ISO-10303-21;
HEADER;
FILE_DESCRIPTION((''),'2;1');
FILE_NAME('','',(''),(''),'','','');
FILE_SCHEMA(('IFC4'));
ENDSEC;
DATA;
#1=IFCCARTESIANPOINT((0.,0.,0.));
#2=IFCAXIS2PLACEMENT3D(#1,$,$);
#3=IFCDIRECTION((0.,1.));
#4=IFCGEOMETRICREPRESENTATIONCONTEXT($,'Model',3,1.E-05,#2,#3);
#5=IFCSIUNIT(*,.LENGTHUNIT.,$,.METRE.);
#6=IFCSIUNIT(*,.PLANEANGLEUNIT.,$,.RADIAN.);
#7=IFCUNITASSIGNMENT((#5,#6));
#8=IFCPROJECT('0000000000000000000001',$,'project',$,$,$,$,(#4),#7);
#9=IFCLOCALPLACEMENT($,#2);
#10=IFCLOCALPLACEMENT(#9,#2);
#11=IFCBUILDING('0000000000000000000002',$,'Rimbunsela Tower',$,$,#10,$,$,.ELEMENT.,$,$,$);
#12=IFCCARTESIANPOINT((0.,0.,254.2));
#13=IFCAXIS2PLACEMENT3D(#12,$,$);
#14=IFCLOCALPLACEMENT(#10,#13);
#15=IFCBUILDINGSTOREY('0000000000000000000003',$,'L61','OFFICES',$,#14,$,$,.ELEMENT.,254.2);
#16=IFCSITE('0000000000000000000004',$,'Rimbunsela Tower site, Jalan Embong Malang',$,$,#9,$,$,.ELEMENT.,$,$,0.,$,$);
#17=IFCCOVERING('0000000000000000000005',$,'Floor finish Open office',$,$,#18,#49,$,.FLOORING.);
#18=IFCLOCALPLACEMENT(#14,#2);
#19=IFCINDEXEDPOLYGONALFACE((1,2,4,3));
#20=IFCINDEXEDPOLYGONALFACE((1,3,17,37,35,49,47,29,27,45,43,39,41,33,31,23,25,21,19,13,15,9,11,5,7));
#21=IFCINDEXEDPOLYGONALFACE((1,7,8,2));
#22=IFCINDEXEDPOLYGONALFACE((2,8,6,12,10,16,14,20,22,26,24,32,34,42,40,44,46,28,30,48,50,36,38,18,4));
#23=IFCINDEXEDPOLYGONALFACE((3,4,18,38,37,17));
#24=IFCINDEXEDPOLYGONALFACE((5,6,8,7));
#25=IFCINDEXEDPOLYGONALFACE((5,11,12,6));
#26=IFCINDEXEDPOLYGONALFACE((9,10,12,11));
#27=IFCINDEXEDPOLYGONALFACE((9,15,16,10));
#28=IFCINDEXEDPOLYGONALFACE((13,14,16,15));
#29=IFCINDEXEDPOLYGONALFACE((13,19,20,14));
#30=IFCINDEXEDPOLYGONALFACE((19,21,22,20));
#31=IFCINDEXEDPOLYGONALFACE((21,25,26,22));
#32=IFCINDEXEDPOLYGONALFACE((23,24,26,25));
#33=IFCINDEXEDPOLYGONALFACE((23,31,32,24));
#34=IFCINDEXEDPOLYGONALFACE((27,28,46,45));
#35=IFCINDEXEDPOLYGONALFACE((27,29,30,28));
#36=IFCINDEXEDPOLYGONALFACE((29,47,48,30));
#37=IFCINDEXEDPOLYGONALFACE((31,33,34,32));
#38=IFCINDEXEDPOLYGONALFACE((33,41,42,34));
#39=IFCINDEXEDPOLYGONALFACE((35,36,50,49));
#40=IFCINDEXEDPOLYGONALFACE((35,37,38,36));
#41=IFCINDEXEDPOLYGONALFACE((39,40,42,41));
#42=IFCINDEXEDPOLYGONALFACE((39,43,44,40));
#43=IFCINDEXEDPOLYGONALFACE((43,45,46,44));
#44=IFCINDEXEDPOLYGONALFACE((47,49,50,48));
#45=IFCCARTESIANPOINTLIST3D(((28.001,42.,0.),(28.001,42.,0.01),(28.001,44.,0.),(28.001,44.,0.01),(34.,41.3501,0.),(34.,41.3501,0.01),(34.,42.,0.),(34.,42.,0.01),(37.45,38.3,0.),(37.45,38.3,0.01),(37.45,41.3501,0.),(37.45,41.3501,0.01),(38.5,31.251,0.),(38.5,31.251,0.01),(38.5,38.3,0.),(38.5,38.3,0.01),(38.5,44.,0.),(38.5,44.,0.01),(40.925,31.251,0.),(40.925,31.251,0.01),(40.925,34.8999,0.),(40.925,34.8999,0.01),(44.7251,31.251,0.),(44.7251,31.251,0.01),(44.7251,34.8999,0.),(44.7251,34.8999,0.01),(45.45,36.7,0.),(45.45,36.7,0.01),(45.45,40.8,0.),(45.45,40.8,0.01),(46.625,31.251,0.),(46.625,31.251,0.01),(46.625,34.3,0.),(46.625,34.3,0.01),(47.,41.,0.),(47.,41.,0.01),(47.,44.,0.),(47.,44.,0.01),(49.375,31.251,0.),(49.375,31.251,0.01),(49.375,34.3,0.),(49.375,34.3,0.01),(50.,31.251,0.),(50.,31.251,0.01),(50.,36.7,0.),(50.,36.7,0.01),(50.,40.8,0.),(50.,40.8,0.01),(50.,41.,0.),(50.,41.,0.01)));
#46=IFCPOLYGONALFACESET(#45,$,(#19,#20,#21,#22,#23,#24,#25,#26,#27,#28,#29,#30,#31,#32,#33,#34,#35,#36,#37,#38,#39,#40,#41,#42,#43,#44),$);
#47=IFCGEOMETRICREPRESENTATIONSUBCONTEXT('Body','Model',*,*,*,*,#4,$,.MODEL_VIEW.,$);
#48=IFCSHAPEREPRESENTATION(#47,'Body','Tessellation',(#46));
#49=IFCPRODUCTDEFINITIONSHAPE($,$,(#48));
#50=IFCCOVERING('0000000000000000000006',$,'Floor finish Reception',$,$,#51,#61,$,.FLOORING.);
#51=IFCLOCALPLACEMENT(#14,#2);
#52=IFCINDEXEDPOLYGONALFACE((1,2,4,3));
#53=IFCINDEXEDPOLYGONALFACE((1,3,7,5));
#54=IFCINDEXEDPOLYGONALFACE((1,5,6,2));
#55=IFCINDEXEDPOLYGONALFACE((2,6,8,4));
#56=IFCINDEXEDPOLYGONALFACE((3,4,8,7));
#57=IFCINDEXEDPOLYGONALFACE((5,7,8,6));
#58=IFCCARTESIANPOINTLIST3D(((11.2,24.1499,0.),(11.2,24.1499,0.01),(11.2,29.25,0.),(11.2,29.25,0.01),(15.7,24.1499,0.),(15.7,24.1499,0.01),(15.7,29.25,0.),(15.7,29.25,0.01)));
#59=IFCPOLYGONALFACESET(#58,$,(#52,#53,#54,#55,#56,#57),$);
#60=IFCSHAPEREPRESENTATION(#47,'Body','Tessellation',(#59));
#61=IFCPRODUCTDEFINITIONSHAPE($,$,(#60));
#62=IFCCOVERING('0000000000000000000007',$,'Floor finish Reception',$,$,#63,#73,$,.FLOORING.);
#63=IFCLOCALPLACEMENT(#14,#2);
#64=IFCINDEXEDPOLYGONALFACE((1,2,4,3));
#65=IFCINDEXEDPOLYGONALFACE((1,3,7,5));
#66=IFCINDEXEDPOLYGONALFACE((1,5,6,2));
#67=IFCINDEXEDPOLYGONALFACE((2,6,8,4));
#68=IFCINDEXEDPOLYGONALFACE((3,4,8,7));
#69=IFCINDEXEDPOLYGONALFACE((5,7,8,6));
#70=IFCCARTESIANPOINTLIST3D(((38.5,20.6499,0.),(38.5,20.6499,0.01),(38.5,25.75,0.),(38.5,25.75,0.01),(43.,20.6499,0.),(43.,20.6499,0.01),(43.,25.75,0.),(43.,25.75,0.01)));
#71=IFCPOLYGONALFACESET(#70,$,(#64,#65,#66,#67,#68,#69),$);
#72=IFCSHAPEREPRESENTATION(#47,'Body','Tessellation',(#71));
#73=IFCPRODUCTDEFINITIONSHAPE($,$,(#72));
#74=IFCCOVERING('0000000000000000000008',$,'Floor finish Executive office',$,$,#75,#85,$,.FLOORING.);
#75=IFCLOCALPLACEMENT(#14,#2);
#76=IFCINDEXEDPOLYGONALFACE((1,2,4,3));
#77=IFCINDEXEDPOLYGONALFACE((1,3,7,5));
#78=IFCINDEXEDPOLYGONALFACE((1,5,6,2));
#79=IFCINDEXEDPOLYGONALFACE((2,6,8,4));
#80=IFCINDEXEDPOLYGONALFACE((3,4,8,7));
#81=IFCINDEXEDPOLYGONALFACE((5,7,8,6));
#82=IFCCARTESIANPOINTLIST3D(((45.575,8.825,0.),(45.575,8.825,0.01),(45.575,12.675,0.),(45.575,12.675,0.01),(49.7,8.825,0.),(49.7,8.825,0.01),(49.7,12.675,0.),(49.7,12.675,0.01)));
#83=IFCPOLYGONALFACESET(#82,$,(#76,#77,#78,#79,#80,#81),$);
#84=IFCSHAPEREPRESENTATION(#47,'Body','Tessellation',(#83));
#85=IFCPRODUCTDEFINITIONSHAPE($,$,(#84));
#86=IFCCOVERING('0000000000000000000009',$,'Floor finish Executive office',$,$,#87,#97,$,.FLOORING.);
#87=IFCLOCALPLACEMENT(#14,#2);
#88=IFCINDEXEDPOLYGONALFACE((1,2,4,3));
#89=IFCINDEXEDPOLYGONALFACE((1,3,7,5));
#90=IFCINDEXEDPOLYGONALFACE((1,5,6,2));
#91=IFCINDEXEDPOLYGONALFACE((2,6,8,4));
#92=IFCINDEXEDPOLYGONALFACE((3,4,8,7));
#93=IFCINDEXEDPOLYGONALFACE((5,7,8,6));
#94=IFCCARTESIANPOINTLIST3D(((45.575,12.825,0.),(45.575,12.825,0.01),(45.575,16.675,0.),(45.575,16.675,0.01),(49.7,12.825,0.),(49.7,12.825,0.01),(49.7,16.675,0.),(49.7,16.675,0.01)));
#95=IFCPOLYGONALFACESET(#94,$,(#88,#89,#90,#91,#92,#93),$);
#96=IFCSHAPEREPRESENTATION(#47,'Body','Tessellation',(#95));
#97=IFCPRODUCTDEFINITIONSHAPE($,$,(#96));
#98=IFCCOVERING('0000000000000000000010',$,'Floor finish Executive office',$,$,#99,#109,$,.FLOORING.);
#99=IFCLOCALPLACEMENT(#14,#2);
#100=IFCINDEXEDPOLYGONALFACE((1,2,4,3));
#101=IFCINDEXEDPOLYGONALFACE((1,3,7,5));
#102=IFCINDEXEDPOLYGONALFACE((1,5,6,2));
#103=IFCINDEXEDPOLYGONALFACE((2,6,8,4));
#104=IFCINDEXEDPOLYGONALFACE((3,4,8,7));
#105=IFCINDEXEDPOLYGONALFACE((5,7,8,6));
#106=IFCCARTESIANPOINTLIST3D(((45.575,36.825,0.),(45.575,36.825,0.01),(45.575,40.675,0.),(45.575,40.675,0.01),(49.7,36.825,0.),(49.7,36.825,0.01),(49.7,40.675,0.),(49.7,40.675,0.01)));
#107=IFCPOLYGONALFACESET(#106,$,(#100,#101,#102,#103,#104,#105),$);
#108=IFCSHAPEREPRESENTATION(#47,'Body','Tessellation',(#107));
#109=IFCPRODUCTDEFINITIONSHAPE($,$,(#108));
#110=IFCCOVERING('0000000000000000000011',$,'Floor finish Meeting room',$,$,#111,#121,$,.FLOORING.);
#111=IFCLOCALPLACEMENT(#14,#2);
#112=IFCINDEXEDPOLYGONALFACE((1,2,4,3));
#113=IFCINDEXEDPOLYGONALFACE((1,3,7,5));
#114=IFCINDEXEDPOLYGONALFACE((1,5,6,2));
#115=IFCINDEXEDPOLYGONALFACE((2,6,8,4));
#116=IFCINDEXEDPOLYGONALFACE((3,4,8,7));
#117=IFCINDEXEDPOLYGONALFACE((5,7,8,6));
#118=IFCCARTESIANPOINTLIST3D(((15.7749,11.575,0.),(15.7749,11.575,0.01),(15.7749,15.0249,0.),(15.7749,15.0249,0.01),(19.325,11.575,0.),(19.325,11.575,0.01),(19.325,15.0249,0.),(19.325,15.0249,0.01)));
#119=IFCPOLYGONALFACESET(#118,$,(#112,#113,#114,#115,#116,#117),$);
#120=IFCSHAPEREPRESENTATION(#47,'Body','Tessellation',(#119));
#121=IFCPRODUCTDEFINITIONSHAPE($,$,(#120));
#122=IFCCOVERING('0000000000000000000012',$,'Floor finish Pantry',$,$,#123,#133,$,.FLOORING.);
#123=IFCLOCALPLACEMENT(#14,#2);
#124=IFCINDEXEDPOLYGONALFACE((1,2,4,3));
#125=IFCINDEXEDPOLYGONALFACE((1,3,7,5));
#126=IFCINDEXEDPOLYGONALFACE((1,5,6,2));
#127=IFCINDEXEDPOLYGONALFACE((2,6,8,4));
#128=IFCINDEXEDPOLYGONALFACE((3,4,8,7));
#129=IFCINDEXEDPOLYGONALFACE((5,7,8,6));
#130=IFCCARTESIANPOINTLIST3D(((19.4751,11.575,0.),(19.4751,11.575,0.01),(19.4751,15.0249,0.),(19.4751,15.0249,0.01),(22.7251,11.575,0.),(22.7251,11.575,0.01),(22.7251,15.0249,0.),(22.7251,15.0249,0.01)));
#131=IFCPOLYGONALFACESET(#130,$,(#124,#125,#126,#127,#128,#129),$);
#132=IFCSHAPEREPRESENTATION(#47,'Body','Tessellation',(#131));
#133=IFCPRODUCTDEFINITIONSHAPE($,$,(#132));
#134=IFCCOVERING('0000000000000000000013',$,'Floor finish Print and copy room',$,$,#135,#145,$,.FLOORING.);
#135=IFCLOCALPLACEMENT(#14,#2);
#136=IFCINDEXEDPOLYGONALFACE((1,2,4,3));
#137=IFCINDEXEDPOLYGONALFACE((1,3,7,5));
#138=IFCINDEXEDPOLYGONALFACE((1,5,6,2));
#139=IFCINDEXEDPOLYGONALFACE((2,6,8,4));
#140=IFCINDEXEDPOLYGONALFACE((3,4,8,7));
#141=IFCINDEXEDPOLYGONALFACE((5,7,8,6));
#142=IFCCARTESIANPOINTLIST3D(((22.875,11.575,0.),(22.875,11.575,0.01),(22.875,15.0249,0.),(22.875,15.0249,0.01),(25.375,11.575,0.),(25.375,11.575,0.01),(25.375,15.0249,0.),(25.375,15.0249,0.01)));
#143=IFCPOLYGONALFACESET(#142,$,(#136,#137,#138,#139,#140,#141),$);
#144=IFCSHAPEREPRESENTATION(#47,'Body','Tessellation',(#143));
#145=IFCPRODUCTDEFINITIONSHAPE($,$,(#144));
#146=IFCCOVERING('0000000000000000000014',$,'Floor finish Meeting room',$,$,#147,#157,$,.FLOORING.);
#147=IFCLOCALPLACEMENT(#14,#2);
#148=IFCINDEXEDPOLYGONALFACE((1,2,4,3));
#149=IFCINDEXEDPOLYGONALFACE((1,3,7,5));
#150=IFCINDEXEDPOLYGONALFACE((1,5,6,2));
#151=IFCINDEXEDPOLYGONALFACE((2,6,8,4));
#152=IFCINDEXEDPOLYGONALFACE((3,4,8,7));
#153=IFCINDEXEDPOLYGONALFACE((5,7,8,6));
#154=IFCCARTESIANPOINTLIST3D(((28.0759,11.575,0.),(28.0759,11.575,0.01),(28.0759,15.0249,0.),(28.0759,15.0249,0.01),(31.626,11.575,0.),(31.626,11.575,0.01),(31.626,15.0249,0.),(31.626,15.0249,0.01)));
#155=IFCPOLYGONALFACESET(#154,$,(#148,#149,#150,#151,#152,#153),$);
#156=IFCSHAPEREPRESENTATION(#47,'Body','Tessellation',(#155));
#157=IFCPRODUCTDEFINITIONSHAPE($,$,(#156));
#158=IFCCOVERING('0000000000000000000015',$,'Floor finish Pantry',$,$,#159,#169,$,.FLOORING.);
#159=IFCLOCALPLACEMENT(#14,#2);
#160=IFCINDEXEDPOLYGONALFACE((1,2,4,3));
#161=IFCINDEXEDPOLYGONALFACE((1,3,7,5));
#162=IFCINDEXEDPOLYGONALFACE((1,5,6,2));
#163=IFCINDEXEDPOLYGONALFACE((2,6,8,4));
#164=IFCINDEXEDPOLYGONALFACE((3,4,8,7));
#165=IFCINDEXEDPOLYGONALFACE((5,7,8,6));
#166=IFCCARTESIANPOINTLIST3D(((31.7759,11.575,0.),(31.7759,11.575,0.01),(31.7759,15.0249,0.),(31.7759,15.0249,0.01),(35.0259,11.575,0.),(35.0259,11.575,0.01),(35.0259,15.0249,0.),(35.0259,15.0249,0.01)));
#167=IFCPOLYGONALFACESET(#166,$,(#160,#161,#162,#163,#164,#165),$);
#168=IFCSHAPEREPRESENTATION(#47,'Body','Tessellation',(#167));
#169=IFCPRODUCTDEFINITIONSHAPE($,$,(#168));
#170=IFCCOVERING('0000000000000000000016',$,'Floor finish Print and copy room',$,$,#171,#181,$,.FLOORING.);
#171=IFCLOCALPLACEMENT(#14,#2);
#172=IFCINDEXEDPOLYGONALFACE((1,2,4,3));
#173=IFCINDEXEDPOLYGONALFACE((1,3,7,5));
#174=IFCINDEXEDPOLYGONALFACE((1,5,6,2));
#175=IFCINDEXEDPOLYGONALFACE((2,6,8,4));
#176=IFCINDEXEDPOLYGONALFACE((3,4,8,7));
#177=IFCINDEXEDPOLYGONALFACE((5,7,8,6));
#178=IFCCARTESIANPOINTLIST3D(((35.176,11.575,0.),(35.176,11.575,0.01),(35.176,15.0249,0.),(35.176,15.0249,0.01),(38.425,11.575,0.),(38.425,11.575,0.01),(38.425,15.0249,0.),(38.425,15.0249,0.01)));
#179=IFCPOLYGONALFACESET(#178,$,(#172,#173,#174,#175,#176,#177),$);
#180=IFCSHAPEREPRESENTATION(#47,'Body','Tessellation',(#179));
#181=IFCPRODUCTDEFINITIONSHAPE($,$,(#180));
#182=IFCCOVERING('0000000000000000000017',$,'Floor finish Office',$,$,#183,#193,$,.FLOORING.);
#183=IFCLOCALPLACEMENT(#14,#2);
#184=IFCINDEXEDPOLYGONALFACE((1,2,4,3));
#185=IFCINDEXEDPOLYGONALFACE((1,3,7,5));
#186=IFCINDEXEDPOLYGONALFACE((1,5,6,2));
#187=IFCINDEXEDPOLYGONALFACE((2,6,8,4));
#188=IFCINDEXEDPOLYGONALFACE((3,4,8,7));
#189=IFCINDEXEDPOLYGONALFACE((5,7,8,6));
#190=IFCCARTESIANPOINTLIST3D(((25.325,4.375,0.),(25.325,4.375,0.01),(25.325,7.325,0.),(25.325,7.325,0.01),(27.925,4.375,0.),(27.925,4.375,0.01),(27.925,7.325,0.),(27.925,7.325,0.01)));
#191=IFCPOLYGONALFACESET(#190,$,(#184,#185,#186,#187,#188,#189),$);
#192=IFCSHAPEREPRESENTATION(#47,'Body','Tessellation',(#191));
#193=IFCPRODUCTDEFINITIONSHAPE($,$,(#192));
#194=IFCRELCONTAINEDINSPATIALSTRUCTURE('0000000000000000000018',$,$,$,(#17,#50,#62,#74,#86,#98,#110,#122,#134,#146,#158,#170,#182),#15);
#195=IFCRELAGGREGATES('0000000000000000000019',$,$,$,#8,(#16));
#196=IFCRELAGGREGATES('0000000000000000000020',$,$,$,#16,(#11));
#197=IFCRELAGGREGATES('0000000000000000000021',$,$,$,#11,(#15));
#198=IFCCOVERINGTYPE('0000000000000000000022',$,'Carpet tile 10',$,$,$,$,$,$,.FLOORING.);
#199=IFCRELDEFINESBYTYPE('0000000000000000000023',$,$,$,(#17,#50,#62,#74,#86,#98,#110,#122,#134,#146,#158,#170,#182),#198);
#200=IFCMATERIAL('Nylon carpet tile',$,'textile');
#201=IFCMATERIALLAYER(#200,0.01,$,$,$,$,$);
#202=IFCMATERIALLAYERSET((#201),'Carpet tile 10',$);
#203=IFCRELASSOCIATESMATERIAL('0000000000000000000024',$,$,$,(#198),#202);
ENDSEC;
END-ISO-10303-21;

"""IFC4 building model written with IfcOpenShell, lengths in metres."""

from ifc_helpers import new_model, si_unit, direction, frame, origin, place, context, subcontext, project, spatial, polyline, outline, extrude, material, layer, layer_set, type_object, element, save


model = new_model("IFC4")

# Units and contexts
model_context = context("Model", 3, precision=1e-05, world=origin(), true_north=direction((0.0, 1.0)))
body_context = subcontext(model_context, "Body", "Model", "MODEL_VIEW")
ifc_project = project(units=[si_unit("LENGTHUNIT", "METRE"), si_unit("PLANEANGLEUNIT", "RADIAN")], contexts=[model_context])

# Site, building, storey
site_placement = place(None, origin())
site = spatial("IfcSite", under=ifc_project, at=site_placement, Name="Rimbunsela Tower site, Jalan Embong Malang", CompositionType="ELEMENT", RefElevation=0.0)
building_placement = place(site_placement, origin())
building = spatial("IfcBuilding", under=site, at=building_placement, Name="Rimbunsela Tower", CompositionType="ELEMENT")
storey_placement = place(building_placement, frame((0.0, 0.0, 254.2)))
storey = spatial("IfcBuildingStorey", under=building, at=storey_placement, Name="L61", Description="OFFICES", CompositionType="ELEMENT", Elevation=254.2)

# Coverings
ifc_material_1 = material(Name="Nylon carpet tile", Category="textile")
ifc_layer_1 = layer(ifc_material_1, 0.01)
ifc_layer_set_1 = layer_set([ifc_layer_1], Name="Carpet tile 10")
covering_type_1 = type_object("IfcCoveringType", Name="Carpet tile 10", PredefinedType="FLOORING", material=ifc_layer_set_1)
covering_1_placement = place(storey_placement, origin())
element("IfcCovering", 1, at=covering_1_placement, inside=storey, type_object=covering_type_1, Name="Floor finish Open office", PredefinedType="FLOORING", context=body_context, shape_type="SweptSolid", body=[
    extrude(outline(polyline([(50.0, 40.8), (45.45, 40.8), (45.45, 36.7), (50.0, 36.7), (50.0, 31.251), (49.375, 31.251), (49.375, 34.3), (46.625, 34.3), (46.625, 31.251), (44.7251, 31.251), (44.7251, 34.8999), (40.925, 34.8999), (40.925, 31.251), (38.5, 31.251), (38.5, 38.3), (37.45, 38.3), (37.45, 41.3501), (34.0, 41.3501), (34.0, 42.0), (28.001, 42.0), (28.001, 44.0), (38.5, 44.0), (47.0, 44.0), (47.0, 41.0), (50.0, 41.0), (50.0, 40.8)])), origin(), (0.0, 0.0, 1.0), 0.01),
])
covering_2_placement = place(storey_placement, origin())
element("IfcCovering", 2, at=covering_2_placement, inside=storey, type_object=covering_type_1, Name="Floor finish Reception", PredefinedType="FLOORING", context=body_context, shape_type="SweptSolid", body=[
    extrude(outline(polyline([(15.7, 24.1499), (15.7, 29.25), (11.2, 29.25), (11.2, 24.1499), (15.7, 24.1499)])), origin(), (0.0, 0.0, 1.0), 0.01),
])
covering_3_placement = place(storey_placement, origin())
element("IfcCovering", 3, at=covering_3_placement, inside=storey, type_object=covering_type_1, Name="Floor finish Reception", PredefinedType="FLOORING", context=body_context, shape_type="SweptSolid", body=[
    extrude(outline(polyline([(43.0, 20.6499), (43.0, 25.75), (38.5, 25.75), (38.5, 20.6499), (43.0, 20.6499)])), origin(), (0.0, 0.0, 1.0), 0.01),
])
covering_4_placement = place(storey_placement, origin())
element("IfcCovering", 4, at=covering_4_placement, inside=storey, type_object=covering_type_1, Name="Floor finish Executive office", PredefinedType="FLOORING", context=body_context, shape_type="SweptSolid", body=[
    extrude(outline(polyline([(49.7, 8.825), (49.7, 12.675), (45.575, 12.675), (45.575, 8.825), (49.7, 8.825)])), origin(), (0.0, 0.0, 1.0), 0.01),
])
covering_5_placement = place(storey_placement, origin())
element("IfcCovering", 5, at=covering_5_placement, inside=storey, type_object=covering_type_1, Name="Floor finish Executive office", PredefinedType="FLOORING", context=body_context, shape_type="SweptSolid", body=[
    extrude(outline(polyline([(49.7, 12.825), (49.7, 16.675), (45.575, 16.675), (45.575, 12.825), (49.7, 12.825)])), origin(), (0.0, 0.0, 1.0), 0.01),
])
covering_6_placement = place(storey_placement, origin())
element("IfcCovering", 6, at=covering_6_placement, inside=storey, type_object=covering_type_1, Name="Floor finish Executive office", PredefinedType="FLOORING", context=body_context, shape_type="SweptSolid", body=[
    extrude(outline(polyline([(49.7, 36.825), (49.7, 40.675), (45.575, 40.675), (45.575, 36.825), (49.7, 36.825)])), origin(), (0.0, 0.0, 1.0), 0.01),
])
covering_7_placement = place(storey_placement, origin())
element("IfcCovering", 7, at=covering_7_placement, inside=storey, type_object=covering_type_1, Name="Floor finish Meeting room", PredefinedType="FLOORING", context=body_context, shape_type="SweptSolid", body=[
    extrude(outline(polyline([(19.325, 11.575), (19.325, 15.0249), (15.7749, 15.0249), (15.7749, 11.575), (19.325, 11.575)])), origin(), (0.0, 0.0, 1.0), 0.01),
])
covering_8_placement = place(storey_placement, origin())
element("IfcCovering", 8, at=covering_8_placement, inside=storey, type_object=covering_type_1, Name="Floor finish Pantry", PredefinedType="FLOORING", context=body_context, shape_type="SweptSolid", body=[
    extrude(outline(polyline([(22.7251, 11.575), (22.7251, 15.0249), (19.4751, 15.0249), (19.4751, 11.575), (22.7251, 11.575)])), origin(), (0.0, 0.0, 1.0), 0.01),
])
covering_9_placement = place(storey_placement, origin())
element("IfcCovering", 9, at=covering_9_placement, inside=storey, type_object=covering_type_1, Name="Floor finish Print and copy room", PredefinedType="FLOORING", context=body_context, shape_type="SweptSolid", body=[
    extrude(outline(polyline([(25.375, 11.575), (25.375, 15.0249), (22.875, 15.0249), (22.875, 11.575), (25.375, 11.575)])), origin(), (0.0, 0.0, 1.0), 0.01),
])
covering_10_placement = place(storey_placement, origin())
element("IfcCovering", 10, at=covering_10_placement, inside=storey, type_object=covering_type_1, Name="Floor finish Meeting room", PredefinedType="FLOORING", context=body_context, shape_type="SweptSolid", body=[
    extrude(outline(polyline([(31.626, 11.575), (31.626, 15.0249), (28.0759, 15.0249), (28.0759, 11.575), (31.626, 11.575)])), origin(), (0.0, 0.0, 1.0), 0.01),
])
covering_11_placement = place(storey_placement, origin())
element("IfcCovering", 11, at=covering_11_placement, inside=storey, type_object=covering_type_1, Name="Floor finish Pantry", PredefinedType="FLOORING", context=body_context, shape_type="SweptSolid", body=[
    extrude(outline(polyline([(35.0259, 11.575), (35.0259, 15.0249), (31.7759, 15.0249), (31.7759, 11.575), (35.0259, 11.575)])), origin(), (0.0, 0.0, 1.0), 0.01),
])
covering_12_placement = place(storey_placement, origin())
element("IfcCovering", 12, at=covering_12_placement, inside=storey, type_object=covering_type_1, Name="Floor finish Print and copy room", PredefinedType="FLOORING", context=body_context, shape_type="SweptSolid", body=[
    extrude(outline(polyline([(38.425, 11.575), (38.425, 15.0249), (35.176, 15.0249), (35.176, 11.575), (38.425, 11.575)])), origin(), (0.0, 0.0, 1.0), 0.01),
])
covering_13_placement = place(storey_placement, origin())
element("IfcCovering", 13, at=covering_13_placement, inside=storey, type_object=covering_type_1, Name="Floor finish Office", PredefinedType="FLOORING", context=body_context, shape_type="SweptSolid", body=[
    extrude(outline(polyline([(27.925, 4.375), (27.925, 7.325), (25.325, 7.325), (25.325, 4.375), (27.925, 4.375)])), origin(), (0.0, 0.0, 1.0), 0.01),
])

save(model, "model.ifc")
